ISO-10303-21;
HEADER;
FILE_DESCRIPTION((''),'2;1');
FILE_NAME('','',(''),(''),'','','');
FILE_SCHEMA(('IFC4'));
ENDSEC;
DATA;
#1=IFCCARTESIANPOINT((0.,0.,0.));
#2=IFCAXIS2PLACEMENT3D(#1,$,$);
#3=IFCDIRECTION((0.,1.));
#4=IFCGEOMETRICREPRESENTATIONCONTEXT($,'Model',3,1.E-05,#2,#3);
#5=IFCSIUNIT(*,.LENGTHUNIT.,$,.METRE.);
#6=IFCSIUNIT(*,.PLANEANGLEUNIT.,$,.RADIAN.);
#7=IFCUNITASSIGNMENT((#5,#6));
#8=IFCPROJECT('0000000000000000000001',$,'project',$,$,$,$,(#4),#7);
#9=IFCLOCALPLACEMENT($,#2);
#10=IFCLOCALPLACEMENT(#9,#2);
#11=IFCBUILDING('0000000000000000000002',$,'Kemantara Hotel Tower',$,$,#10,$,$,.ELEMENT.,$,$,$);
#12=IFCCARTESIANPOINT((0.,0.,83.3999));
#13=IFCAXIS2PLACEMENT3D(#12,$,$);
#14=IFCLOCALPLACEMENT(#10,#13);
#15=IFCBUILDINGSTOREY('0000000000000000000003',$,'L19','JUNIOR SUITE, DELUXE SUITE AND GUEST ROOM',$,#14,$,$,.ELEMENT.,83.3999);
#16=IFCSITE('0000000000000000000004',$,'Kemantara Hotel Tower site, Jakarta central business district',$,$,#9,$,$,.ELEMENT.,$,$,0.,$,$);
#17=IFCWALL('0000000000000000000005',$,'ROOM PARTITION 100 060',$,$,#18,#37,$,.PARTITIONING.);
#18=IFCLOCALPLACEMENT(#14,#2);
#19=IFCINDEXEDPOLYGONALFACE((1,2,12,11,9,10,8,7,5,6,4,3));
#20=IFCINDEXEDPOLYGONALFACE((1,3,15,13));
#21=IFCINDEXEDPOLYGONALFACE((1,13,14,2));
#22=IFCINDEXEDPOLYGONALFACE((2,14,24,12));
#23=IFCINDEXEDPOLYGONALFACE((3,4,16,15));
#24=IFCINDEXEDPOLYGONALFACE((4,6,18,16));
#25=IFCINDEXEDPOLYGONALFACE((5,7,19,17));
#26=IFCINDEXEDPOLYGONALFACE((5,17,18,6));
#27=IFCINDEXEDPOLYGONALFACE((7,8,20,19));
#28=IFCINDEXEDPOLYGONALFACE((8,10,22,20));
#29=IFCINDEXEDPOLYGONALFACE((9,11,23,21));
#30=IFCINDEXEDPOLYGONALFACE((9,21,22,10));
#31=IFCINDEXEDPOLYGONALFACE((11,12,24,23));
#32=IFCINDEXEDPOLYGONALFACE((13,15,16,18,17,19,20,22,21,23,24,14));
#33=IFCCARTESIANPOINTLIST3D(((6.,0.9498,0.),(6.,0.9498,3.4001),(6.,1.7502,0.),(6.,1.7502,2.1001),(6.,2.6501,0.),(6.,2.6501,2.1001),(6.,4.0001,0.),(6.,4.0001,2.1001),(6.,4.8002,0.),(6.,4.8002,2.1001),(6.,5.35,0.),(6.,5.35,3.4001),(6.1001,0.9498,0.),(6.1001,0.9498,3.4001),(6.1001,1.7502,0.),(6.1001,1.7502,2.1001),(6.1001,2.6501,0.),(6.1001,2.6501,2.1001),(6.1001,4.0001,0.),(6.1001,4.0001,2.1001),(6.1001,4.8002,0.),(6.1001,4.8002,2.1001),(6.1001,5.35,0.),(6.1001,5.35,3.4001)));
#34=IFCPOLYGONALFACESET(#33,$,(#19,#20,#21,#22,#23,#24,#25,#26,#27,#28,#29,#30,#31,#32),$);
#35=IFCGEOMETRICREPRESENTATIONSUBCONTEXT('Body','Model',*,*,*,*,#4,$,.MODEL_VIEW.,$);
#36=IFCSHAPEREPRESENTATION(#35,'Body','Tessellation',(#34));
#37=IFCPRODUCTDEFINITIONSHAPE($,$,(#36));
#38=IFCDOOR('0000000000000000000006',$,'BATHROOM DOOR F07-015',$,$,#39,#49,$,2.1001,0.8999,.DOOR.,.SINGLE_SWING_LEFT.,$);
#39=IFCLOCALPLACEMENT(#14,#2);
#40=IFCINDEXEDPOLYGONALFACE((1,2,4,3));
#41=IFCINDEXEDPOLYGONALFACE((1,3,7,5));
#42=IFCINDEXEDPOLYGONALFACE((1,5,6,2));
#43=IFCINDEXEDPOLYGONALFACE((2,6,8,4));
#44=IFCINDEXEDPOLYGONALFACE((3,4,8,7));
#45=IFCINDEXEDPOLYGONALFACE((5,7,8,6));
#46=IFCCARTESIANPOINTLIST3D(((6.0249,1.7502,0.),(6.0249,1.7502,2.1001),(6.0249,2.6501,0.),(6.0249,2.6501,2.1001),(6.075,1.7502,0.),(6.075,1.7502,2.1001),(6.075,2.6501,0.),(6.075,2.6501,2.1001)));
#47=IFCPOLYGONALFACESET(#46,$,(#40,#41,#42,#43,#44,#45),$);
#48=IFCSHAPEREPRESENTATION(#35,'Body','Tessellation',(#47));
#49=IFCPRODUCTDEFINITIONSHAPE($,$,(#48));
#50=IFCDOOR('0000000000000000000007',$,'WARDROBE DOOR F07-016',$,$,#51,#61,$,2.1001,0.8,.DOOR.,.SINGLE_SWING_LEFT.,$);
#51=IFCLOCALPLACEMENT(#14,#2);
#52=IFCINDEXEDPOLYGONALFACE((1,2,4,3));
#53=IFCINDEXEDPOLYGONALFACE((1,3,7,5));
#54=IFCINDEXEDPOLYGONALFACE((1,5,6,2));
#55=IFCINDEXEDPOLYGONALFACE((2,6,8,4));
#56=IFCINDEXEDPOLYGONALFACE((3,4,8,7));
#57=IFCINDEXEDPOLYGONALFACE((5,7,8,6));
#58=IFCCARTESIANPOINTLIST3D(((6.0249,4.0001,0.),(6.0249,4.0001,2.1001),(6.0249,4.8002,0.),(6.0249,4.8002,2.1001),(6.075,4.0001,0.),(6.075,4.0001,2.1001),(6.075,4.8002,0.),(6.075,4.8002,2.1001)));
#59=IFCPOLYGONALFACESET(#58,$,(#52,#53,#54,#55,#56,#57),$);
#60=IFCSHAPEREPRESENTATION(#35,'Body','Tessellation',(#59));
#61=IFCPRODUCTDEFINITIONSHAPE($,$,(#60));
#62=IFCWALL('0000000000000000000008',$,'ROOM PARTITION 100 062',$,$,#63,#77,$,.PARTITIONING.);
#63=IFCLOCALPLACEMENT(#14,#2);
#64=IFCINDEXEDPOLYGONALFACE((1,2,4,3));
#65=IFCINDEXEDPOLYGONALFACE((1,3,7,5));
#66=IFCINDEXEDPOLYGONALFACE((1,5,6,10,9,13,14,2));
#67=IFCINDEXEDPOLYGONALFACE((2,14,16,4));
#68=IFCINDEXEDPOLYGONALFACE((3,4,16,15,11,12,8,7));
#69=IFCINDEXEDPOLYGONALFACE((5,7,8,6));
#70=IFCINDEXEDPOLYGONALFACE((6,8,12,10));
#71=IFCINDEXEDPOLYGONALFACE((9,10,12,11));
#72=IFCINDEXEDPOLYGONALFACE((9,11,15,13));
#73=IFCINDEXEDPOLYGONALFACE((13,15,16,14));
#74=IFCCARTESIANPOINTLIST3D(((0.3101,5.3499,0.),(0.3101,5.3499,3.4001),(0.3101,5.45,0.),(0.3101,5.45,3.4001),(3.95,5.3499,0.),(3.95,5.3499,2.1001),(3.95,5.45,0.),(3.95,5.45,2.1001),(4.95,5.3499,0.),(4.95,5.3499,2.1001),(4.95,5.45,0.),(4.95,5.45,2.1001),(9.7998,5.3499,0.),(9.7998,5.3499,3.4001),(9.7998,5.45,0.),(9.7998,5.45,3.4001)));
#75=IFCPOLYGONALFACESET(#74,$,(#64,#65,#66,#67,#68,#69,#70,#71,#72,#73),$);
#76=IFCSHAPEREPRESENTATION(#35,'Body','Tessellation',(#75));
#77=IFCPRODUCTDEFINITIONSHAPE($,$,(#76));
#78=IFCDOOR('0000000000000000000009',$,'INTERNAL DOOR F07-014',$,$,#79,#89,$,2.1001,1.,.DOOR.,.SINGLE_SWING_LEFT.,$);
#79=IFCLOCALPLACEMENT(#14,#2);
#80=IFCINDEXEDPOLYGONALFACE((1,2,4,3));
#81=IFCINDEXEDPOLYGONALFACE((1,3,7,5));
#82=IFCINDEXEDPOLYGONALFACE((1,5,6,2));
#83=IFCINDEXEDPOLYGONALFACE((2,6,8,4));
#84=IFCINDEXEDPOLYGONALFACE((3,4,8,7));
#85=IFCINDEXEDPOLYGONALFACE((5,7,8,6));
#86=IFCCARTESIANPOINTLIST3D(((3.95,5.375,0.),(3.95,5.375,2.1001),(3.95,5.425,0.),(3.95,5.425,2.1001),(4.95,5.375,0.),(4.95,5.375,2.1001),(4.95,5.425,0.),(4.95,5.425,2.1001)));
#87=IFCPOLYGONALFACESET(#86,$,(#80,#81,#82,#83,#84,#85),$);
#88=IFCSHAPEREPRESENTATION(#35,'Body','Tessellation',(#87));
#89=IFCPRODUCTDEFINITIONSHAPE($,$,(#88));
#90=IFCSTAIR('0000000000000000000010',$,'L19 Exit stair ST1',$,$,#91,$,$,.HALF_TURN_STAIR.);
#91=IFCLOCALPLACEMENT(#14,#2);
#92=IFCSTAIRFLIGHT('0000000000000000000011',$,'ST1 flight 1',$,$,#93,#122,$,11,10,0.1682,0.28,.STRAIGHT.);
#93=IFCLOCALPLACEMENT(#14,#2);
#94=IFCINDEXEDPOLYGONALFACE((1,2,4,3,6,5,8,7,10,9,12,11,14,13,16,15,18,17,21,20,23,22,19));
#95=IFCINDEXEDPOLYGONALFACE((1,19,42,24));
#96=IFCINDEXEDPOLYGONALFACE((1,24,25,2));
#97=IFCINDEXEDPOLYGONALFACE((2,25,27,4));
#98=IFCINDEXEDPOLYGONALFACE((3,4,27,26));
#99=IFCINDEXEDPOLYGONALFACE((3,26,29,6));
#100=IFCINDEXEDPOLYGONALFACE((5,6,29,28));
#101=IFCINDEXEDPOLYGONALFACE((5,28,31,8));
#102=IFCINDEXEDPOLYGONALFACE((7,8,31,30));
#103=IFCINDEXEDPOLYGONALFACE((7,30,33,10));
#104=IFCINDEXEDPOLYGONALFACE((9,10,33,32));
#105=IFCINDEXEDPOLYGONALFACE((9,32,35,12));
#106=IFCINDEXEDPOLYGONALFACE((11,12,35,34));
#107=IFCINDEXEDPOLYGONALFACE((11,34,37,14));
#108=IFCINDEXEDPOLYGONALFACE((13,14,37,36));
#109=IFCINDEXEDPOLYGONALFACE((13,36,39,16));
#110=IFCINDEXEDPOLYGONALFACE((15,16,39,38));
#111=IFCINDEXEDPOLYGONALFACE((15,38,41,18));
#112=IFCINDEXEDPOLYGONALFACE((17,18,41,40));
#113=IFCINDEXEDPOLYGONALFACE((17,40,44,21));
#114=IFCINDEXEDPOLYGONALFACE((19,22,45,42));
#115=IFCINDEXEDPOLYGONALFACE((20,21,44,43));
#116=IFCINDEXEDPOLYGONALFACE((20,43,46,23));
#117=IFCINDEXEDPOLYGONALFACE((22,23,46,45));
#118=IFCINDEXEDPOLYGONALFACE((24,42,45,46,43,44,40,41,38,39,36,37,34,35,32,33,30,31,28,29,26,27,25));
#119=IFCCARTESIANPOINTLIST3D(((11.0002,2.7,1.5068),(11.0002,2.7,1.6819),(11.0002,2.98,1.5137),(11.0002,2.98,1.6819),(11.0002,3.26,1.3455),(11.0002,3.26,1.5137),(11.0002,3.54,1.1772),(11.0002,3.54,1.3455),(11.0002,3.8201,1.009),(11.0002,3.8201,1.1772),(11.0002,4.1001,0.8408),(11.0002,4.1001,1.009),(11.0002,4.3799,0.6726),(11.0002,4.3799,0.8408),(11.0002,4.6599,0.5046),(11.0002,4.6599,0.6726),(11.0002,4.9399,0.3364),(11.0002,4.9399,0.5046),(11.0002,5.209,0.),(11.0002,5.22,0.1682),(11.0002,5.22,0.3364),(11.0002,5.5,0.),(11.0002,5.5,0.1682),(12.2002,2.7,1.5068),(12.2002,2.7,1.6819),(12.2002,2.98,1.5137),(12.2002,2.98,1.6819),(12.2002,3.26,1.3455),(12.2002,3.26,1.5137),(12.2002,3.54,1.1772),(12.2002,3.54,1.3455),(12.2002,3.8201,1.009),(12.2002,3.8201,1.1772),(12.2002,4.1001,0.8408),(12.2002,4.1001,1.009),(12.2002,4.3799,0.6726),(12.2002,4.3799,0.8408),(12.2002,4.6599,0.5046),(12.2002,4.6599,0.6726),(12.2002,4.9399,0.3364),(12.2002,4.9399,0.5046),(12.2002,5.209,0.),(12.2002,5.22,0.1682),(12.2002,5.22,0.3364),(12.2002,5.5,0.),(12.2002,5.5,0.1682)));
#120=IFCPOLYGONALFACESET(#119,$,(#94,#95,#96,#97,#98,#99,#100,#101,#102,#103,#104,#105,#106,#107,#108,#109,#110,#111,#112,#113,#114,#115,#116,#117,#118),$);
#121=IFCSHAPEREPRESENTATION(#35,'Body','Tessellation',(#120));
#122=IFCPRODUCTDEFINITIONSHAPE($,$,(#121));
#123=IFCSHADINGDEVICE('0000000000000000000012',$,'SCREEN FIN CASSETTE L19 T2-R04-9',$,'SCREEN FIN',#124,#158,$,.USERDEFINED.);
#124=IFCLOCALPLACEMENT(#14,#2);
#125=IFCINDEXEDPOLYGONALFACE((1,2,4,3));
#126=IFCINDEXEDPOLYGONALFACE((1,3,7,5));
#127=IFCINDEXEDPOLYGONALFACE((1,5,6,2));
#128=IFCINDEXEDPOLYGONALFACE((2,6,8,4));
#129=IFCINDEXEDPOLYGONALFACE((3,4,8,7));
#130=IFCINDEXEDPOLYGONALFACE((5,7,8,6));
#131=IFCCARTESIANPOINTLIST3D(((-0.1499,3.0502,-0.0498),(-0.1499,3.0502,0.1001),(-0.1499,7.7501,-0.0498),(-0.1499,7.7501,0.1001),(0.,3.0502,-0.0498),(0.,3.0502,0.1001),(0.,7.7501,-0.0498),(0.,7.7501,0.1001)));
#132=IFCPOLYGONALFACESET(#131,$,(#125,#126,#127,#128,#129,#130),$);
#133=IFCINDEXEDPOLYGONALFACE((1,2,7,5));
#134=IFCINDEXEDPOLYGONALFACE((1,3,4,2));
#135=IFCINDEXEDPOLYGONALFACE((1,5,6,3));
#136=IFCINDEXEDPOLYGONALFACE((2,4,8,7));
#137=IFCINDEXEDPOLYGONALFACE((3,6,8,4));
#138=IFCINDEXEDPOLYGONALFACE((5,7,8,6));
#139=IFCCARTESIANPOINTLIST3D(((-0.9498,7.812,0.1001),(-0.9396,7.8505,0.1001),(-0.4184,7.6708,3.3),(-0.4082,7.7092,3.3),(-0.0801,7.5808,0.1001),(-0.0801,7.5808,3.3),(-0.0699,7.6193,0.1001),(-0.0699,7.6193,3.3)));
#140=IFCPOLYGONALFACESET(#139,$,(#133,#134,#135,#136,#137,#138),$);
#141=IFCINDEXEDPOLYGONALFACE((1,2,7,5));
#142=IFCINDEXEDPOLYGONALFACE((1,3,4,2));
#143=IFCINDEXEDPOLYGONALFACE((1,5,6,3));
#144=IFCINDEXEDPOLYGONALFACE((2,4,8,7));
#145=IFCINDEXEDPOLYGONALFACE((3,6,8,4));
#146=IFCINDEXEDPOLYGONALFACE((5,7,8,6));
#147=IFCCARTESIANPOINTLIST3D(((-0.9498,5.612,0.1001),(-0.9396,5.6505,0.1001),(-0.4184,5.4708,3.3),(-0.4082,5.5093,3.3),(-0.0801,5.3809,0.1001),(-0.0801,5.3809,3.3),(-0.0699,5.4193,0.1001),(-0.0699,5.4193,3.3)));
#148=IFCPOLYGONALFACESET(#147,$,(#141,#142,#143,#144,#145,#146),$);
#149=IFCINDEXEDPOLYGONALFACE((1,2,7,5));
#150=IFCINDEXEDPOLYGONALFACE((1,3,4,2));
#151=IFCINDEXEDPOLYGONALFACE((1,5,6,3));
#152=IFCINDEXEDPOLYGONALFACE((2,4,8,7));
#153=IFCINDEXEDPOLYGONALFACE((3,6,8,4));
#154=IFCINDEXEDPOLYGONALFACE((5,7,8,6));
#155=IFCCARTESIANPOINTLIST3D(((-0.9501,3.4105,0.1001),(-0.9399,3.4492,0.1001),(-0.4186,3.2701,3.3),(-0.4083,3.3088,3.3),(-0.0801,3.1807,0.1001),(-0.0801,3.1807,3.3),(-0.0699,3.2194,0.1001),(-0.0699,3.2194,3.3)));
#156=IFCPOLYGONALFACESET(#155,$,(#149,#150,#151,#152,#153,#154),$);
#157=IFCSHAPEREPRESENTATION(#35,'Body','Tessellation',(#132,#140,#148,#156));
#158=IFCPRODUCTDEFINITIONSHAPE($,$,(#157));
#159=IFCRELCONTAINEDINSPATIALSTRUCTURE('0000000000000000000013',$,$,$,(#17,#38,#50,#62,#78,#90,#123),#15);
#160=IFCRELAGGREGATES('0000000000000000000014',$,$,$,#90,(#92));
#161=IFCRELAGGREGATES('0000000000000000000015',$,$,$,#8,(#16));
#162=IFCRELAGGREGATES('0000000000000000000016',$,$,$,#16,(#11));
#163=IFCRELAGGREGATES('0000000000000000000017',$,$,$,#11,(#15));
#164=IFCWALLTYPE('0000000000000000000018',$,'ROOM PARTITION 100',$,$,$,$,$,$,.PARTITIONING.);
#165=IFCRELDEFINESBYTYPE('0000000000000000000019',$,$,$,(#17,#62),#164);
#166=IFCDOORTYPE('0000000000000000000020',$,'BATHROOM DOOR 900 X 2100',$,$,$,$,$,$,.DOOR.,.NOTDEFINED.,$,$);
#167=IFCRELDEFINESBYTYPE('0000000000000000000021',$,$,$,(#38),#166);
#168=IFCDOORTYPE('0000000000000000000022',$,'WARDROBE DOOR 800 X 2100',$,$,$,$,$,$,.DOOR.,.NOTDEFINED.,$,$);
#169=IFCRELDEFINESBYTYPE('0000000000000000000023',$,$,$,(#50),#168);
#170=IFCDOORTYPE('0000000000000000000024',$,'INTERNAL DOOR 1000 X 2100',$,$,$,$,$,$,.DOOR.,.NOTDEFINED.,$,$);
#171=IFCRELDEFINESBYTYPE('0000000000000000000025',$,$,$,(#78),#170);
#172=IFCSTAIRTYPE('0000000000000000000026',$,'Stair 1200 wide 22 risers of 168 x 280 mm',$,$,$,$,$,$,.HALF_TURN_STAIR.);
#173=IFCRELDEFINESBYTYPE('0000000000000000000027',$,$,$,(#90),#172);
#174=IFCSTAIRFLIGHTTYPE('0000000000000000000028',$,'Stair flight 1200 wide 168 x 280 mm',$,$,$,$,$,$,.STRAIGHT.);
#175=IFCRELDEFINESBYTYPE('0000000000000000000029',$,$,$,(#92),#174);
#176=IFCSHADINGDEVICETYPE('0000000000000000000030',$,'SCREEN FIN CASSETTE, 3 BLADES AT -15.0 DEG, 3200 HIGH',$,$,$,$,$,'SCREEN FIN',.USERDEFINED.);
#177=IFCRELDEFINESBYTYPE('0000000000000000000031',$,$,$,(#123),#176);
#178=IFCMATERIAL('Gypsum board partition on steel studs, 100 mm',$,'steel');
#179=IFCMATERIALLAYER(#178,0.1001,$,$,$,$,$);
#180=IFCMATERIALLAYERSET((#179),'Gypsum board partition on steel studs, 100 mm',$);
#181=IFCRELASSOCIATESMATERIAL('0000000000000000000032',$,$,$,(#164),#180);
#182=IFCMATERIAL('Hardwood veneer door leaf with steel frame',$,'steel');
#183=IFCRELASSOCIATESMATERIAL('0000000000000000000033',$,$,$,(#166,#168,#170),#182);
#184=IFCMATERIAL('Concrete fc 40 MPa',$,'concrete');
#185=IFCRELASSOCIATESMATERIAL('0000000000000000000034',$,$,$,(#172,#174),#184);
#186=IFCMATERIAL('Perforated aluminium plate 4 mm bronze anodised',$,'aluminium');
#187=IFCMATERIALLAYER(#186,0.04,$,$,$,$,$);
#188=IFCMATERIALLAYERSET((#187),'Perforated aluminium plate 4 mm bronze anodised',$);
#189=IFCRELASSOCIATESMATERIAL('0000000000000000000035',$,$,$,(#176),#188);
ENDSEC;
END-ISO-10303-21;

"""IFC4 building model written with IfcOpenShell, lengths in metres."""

from ifc_helpers import new_model, si_unit, direction, frame, frame_2d, origin, origin_2d, place, context, subcontext, project, spatial, polyline, rectangle, outline, extrude, source, transform, mapped, material, layer, layer_set, type_object, element, fill, aggregate, save


model = new_model("IFC4")

# Units and contexts
model_context = context("Model", 3, precision=1e-05, world=origin(), true_north=direction((0.0, 1.0)))
body_context = subcontext(model_context, "Body", "Model", "MODEL_VIEW")
ifc_project = project(units=[si_unit("LENGTHUNIT", "METRE"), si_unit("PLANEANGLEUNIT", "RADIAN")], contexts=[model_context])

# Site, building, storey
site_placement = place(None, origin())
site = spatial("IfcSite", under=ifc_project, at=site_placement, Name="Kemantara Hotel Tower site, Jakarta central business district", CompositionType="ELEMENT", RefElevation=0.0)
building_placement = place(site_placement, origin())
building = spatial("IfcBuilding", under=site, at=building_placement, Name="Kemantara Hotel Tower", CompositionType="ELEMENT")
storey_placement = place(building_placement, frame((0.0, 0.0, 83.3999)))
storey = spatial("IfcBuildingStorey", under=building, at=storey_placement, Name="L19", Description="JUNIOR SUITE, DELUXE SUITE AND GUEST ROOM", CompositionType="ELEMENT", Elevation=83.3999)

# Shared definitions
ifc_material_1 = material(Name="Hardwood veneer door leaf with steel frame", Category="steel")

# Wall, openings, doors
ifc_material_2 = material(Name="Gypsum board partition on steel studs, 100 mm", Category="steel")
ifc_layer_1 = layer(ifc_material_2, 0.1001)
ifc_layer_set_1 = layer_set([ifc_layer_1], Name="Gypsum board partition on steel studs, 100 mm")
wall_type_1 = type_object("IfcWallType", Name="ROOM PARTITION 100", PredefinedType="PARTITIONING", material=ifc_layer_set_1)
wall_1_placement = place(storey_placement, frame((6.05, 5.3501, 0.0), z_axis=(0.0, 0.0, 1.0), x_axis=(0.0, -1.0, 0.0)))
wall_1 = element("IfcWall", 1, at=wall_1_placement, inside=storey, type_object=wall_type_1, Name="ROOM PARTITION 100 060", PredefinedType="PARTITIONING", context=body_context, shape_type="SweptSolid", body=[
    extrude(rectangle(XDim=4.4001, YDim=0.1001, at=frame_2d((2.2002, 0.0))), origin(), (0.0, 0.0, 1.0), 3.4001),
])
opening_1_placement = place(wall_1_placement, frame((2.7, 0.0, 0.0)))
opening_1 = element("IfcOpeningElement", 2, at=opening_1_placement, cuts=wall_1, PredefinedType="OPENING", context=body_context, shape_type="SweptSolid", body=[
    extrude(rectangle(XDim=0.8999, YDim=2.1001, at=frame_2d((0.45, 1.05))), frame((0.0, 0.0601, 0.0), z_axis=(0.0, -1.0, 0.0), x_axis=(1.0, 0.0, 0.0)), (0.0, 0.0, 1.0), 0.1201),
])
opening_2_placement = place(wall_1_placement, frame((0.55, 0.0, 0.0)))
opening_2 = element("IfcOpeningElement", 3, at=opening_2_placement, cuts=wall_1, PredefinedType="OPENING", context=body_context, shape_type="SweptSolid", body=[
    extrude(rectangle(XDim=0.8, YDim=2.1001, at=frame_2d((0.3999, 1.05))), frame((0.0, 0.0601, 0.0), z_axis=(0.0, -1.0, 0.0), x_axis=(1.0, 0.0, 0.0)), (0.0, 0.0, 1.0), 0.1201),
])
door_type_1 = type_object("IfcDoorType", Name="BATHROOM DOOR 900 X 2100", OperationType="NOTDEFINED", PredefinedType="DOOR", material=ifc_material_1)
door_1_placement = place(opening_1_placement, origin())
door_1 = element("IfcDoor", 4, at=door_1_placement, inside=storey, type_object=door_type_1, Name="BATHROOM DOOR F07-015", OperationType="SINGLE_SWING_LEFT", OverallHeight=2.1001, OverallWidth=0.8999, PredefinedType="DOOR", context=body_context, shape_type="SweptSolid", body=[
    extrude(rectangle(XDim=0.8999, YDim=2.1001, at=frame_2d((0.45, 1.05))), frame((0.0, 0.0249, 0.0), z_axis=(0.0, -1.0, 0.0), x_axis=(1.0, 0.0, 0.0)), (0.0, 0.0, 1.0), 0.05),
])
fill(opening_1, door_1)
door_type_2 = type_object("IfcDoorType", Name="WARDROBE DOOR 800 X 2100", OperationType="NOTDEFINED", PredefinedType="DOOR", material=ifc_material_1)
door_2_placement = place(opening_2_placement, origin())
door_2 = element("IfcDoor", 5, at=door_2_placement, inside=storey, type_object=door_type_2, Name="WARDROBE DOOR F07-016", OperationType="SINGLE_SWING_LEFT", OverallHeight=2.1001, OverallWidth=0.8, PredefinedType="DOOR", context=body_context, shape_type="SweptSolid", body=[
    extrude(rectangle(XDim=0.8, YDim=2.1001, at=frame_2d((0.3999, 1.05))), frame((0.0, 0.0249, 0.0), z_axis=(0.0, -1.0, 0.0), x_axis=(1.0, 0.0, 0.0)), (0.0, 0.0, 1.0), 0.05),
])
fill(opening_2, door_2)

# Wall, opening, door
wall_2_placement = place(storey_placement, frame((9.7998, 5.3999, 0.0), z_axis=(0.0, 0.0, 1.0), x_axis=(-1.0, 0.0, 0.0)))
wall_2 = element("IfcWall", 6, at=wall_2_placement, inside=storey, type_object=wall_type_1, Name="ROOM PARTITION 100 062", PredefinedType="PARTITIONING", context=body_context, shape_type="SweptSolid", body=[
    extrude(rectangle(XDim=9.4897, YDim=0.1001, at=frame_2d((4.7449, 0.0))), origin(), (0.0, 0.0, 1.0), 3.4001),
])
opening_3_placement = place(wall_2_placement, frame((4.8499, 0.0, 0.0)))
opening_3 = element("IfcOpeningElement", 7, at=opening_3_placement, cuts=wall_2, PredefinedType="OPENING", context=body_context, shape_type="SweptSolid", body=[
    extrude(rectangle(XDim=1.0, YDim=2.1001, at=frame_2d((0.5, 1.05))), frame((0.0, 0.0601, 0.0), z_axis=(0.0, -1.0, 0.0), x_axis=(1.0, 0.0, 0.0)), (0.0, 0.0, 1.0), 0.1201),
])
door_type_3 = type_object("IfcDoorType", Name="INTERNAL DOOR 1000 X 2100", OperationType="NOTDEFINED", PredefinedType="DOOR", material=ifc_material_1)
door_3_placement = place(opening_3_placement, origin())
door_3 = element("IfcDoor", 8, at=door_3_placement, inside=storey, type_object=door_type_3, Name="INTERNAL DOOR F07-014", OperationType="SINGLE_SWING_LEFT", OverallHeight=2.1001, OverallWidth=1.0, PredefinedType="DOOR", context=body_context, shape_type="SweptSolid", body=[
    extrude(rectangle(XDim=1.0, YDim=2.1001, at=frame_2d((0.5, 1.05))), frame((0.0, 0.0249, 0.0), z_axis=(0.0, -1.0, 0.0), x_axis=(1.0, 0.0, 0.0)), (0.0, 0.0, 1.0), 0.05),
])
fill(opening_3, door_3)

# Stair, stair flight
ifc_material_3 = material(Name="Concrete fc 40 MPa", Category="concrete")
stair_type = type_object("IfcStairType", Name="Stair 1200 wide 22 risers of 168 x 280 mm", PredefinedType="HALF_TURN_STAIR", material=ifc_material_3)
stair_placement = place(storey_placement, origin())
stair = element("IfcStair", 9, at=stair_placement, inside=storey, type_object=stair_type, Name="L19 Exit stair ST1", PredefinedType="HALF_TURN_STAIR")
stair_flight_type = type_object("IfcStairFlightType", Name="Stair flight 1200 wide 168 x 280 mm", PredefinedType="STRAIGHT", material=ifc_material_3)
stair_flight_placement = place(storey_placement, frame((11.6001, 5.5, 0.0), z_axis=(0.0, 0.0, 1.0), x_axis=(0.0, -1.0, 0.0)))
stair_flight = element("IfcStairFlight", 10, at=stair_flight_placement, type_object=stair_flight_type, Name="ST1 flight 1", NumberOfRisers=11, NumberOfTreads=10, PredefinedType="STRAIGHT", RiserHeight=0.1682, TreadLength=0.28, context=body_context, shape_type="SweptSolid", body=[
    extrude(outline(polyline([(0.0, 0.0), (0.0, 0.1682), (0.28, 0.1682), (0.28, 0.3364), (0.5601, 0.3364), (0.5601, 0.5046), (0.8401, 0.5046), (0.8401, 0.6726), (1.1201, 0.6726), (1.1201, 0.8408), (1.3999, 0.8408), (1.3999, 1.009), (1.6799, 1.009), (1.6799, 1.1772), (1.96, 1.1772), (1.96, 1.3455), (2.24, 1.3455), (2.24, 1.5137), (2.52, 1.5137), (2.52, 1.6819), (2.8, 1.6819), (2.8, 1.8501), (2.8, 1.5068), (0.291, 0.0), (0.0, 0.0)])), frame((0.0, 0.6001, 0.0), z_axis=(0.0, -1.0, 0.0), x_axis=(1.0, 0.0, 0.0)), (0.0, 0.0, 1.0), 1.2),
])
aggregate(stair, [stair_flight])

# Shading device
ifc_material_4 = material(Name="Perforated aluminium plate 4 mm bronze anodised", Category="aluminium")
ifc_layer_2 = layer(ifc_material_4, 0.04)
ifc_layer_set_2 = layer_set([ifc_layer_2], Name="Perforated aluminium plate 4 mm bronze anodised")
shading_device_type = type_object("IfcShadingDeviceType", Name="SCREEN FIN CASSETTE, 3 BLADES AT -15.0 DEG, 3200 HIGH", ElementType="SCREEN FIN", PredefinedType="USERDEFINED", material=ifc_layer_set_2)
shared_shape = source(origin(), body_context, "Body", "SweptSolid", [
    extrude(rectangle(XDim=4.7, YDim=0.1499, at=origin_2d()), frame((2.2, -0.075, -0.1499), z_axis=(0.0, 0.0, 1.0), x_axis=(1.0, 0.0, 0.0)), (0.0, 0.0, 1.0), 0.1499),
    extrude(outline(polyline([(0.0, 0.0), (0.8999, 0.0), (0.3501, 3.2), (0.0, 3.2), (0.0, 0.0)])), frame((0.0193, -0.0801, 0.0), z_axis=(-0.966438, 0.256901, 0.0), x_axis=(-0.256901, -0.966438, 0.0)), (0.0, 0.0, 1.0), 0.0398),
    extrude(outline(polyline([(0.0, 0.0), (0.8999, 0.0), (0.3501, 3.2), (0.0, 3.2), (0.0, 0.0)])), frame((2.2192, -0.0801, 0.0), z_axis=(-0.966438, 0.256901, 0.0), x_axis=(-0.256901, -0.966438, 0.0)), (0.0, 0.0, 1.0), 0.0398),
    extrude(outline(polyline([(0.0, 0.0), (0.8999, 0.0), (0.3501, 3.2), (0.0, 3.2), (0.0, 0.0)])), frame((4.4194, -0.0801, 0.0), z_axis=(-0.966838, 0.255391, 0.0), x_axis=(-0.255391, -0.966838, 0.0)), (0.0, 0.0, 1.0), 0.04),
])
shading_device_placement = place(storey_placement, frame((0.0, 7.6001, 0.1001), z_axis=(0.0, 0.0, 1.0), x_axis=(0.0, -1.0, 0.0)))
element("IfcShadingDevice", 11, at=shading_device_placement, inside=storey, type_object=shading_device_type, Name="SCREEN FIN CASSETTE L19 T2-R04-9", ObjectType="SCREEN FIN", PredefinedType="USERDEFINED", context=body_context, shape_type="MappedRepresentation", body=[
    mapped(shared_shape, transform((0.0, 0.0, 0.0))),
])

save(model, "model.ifc")
